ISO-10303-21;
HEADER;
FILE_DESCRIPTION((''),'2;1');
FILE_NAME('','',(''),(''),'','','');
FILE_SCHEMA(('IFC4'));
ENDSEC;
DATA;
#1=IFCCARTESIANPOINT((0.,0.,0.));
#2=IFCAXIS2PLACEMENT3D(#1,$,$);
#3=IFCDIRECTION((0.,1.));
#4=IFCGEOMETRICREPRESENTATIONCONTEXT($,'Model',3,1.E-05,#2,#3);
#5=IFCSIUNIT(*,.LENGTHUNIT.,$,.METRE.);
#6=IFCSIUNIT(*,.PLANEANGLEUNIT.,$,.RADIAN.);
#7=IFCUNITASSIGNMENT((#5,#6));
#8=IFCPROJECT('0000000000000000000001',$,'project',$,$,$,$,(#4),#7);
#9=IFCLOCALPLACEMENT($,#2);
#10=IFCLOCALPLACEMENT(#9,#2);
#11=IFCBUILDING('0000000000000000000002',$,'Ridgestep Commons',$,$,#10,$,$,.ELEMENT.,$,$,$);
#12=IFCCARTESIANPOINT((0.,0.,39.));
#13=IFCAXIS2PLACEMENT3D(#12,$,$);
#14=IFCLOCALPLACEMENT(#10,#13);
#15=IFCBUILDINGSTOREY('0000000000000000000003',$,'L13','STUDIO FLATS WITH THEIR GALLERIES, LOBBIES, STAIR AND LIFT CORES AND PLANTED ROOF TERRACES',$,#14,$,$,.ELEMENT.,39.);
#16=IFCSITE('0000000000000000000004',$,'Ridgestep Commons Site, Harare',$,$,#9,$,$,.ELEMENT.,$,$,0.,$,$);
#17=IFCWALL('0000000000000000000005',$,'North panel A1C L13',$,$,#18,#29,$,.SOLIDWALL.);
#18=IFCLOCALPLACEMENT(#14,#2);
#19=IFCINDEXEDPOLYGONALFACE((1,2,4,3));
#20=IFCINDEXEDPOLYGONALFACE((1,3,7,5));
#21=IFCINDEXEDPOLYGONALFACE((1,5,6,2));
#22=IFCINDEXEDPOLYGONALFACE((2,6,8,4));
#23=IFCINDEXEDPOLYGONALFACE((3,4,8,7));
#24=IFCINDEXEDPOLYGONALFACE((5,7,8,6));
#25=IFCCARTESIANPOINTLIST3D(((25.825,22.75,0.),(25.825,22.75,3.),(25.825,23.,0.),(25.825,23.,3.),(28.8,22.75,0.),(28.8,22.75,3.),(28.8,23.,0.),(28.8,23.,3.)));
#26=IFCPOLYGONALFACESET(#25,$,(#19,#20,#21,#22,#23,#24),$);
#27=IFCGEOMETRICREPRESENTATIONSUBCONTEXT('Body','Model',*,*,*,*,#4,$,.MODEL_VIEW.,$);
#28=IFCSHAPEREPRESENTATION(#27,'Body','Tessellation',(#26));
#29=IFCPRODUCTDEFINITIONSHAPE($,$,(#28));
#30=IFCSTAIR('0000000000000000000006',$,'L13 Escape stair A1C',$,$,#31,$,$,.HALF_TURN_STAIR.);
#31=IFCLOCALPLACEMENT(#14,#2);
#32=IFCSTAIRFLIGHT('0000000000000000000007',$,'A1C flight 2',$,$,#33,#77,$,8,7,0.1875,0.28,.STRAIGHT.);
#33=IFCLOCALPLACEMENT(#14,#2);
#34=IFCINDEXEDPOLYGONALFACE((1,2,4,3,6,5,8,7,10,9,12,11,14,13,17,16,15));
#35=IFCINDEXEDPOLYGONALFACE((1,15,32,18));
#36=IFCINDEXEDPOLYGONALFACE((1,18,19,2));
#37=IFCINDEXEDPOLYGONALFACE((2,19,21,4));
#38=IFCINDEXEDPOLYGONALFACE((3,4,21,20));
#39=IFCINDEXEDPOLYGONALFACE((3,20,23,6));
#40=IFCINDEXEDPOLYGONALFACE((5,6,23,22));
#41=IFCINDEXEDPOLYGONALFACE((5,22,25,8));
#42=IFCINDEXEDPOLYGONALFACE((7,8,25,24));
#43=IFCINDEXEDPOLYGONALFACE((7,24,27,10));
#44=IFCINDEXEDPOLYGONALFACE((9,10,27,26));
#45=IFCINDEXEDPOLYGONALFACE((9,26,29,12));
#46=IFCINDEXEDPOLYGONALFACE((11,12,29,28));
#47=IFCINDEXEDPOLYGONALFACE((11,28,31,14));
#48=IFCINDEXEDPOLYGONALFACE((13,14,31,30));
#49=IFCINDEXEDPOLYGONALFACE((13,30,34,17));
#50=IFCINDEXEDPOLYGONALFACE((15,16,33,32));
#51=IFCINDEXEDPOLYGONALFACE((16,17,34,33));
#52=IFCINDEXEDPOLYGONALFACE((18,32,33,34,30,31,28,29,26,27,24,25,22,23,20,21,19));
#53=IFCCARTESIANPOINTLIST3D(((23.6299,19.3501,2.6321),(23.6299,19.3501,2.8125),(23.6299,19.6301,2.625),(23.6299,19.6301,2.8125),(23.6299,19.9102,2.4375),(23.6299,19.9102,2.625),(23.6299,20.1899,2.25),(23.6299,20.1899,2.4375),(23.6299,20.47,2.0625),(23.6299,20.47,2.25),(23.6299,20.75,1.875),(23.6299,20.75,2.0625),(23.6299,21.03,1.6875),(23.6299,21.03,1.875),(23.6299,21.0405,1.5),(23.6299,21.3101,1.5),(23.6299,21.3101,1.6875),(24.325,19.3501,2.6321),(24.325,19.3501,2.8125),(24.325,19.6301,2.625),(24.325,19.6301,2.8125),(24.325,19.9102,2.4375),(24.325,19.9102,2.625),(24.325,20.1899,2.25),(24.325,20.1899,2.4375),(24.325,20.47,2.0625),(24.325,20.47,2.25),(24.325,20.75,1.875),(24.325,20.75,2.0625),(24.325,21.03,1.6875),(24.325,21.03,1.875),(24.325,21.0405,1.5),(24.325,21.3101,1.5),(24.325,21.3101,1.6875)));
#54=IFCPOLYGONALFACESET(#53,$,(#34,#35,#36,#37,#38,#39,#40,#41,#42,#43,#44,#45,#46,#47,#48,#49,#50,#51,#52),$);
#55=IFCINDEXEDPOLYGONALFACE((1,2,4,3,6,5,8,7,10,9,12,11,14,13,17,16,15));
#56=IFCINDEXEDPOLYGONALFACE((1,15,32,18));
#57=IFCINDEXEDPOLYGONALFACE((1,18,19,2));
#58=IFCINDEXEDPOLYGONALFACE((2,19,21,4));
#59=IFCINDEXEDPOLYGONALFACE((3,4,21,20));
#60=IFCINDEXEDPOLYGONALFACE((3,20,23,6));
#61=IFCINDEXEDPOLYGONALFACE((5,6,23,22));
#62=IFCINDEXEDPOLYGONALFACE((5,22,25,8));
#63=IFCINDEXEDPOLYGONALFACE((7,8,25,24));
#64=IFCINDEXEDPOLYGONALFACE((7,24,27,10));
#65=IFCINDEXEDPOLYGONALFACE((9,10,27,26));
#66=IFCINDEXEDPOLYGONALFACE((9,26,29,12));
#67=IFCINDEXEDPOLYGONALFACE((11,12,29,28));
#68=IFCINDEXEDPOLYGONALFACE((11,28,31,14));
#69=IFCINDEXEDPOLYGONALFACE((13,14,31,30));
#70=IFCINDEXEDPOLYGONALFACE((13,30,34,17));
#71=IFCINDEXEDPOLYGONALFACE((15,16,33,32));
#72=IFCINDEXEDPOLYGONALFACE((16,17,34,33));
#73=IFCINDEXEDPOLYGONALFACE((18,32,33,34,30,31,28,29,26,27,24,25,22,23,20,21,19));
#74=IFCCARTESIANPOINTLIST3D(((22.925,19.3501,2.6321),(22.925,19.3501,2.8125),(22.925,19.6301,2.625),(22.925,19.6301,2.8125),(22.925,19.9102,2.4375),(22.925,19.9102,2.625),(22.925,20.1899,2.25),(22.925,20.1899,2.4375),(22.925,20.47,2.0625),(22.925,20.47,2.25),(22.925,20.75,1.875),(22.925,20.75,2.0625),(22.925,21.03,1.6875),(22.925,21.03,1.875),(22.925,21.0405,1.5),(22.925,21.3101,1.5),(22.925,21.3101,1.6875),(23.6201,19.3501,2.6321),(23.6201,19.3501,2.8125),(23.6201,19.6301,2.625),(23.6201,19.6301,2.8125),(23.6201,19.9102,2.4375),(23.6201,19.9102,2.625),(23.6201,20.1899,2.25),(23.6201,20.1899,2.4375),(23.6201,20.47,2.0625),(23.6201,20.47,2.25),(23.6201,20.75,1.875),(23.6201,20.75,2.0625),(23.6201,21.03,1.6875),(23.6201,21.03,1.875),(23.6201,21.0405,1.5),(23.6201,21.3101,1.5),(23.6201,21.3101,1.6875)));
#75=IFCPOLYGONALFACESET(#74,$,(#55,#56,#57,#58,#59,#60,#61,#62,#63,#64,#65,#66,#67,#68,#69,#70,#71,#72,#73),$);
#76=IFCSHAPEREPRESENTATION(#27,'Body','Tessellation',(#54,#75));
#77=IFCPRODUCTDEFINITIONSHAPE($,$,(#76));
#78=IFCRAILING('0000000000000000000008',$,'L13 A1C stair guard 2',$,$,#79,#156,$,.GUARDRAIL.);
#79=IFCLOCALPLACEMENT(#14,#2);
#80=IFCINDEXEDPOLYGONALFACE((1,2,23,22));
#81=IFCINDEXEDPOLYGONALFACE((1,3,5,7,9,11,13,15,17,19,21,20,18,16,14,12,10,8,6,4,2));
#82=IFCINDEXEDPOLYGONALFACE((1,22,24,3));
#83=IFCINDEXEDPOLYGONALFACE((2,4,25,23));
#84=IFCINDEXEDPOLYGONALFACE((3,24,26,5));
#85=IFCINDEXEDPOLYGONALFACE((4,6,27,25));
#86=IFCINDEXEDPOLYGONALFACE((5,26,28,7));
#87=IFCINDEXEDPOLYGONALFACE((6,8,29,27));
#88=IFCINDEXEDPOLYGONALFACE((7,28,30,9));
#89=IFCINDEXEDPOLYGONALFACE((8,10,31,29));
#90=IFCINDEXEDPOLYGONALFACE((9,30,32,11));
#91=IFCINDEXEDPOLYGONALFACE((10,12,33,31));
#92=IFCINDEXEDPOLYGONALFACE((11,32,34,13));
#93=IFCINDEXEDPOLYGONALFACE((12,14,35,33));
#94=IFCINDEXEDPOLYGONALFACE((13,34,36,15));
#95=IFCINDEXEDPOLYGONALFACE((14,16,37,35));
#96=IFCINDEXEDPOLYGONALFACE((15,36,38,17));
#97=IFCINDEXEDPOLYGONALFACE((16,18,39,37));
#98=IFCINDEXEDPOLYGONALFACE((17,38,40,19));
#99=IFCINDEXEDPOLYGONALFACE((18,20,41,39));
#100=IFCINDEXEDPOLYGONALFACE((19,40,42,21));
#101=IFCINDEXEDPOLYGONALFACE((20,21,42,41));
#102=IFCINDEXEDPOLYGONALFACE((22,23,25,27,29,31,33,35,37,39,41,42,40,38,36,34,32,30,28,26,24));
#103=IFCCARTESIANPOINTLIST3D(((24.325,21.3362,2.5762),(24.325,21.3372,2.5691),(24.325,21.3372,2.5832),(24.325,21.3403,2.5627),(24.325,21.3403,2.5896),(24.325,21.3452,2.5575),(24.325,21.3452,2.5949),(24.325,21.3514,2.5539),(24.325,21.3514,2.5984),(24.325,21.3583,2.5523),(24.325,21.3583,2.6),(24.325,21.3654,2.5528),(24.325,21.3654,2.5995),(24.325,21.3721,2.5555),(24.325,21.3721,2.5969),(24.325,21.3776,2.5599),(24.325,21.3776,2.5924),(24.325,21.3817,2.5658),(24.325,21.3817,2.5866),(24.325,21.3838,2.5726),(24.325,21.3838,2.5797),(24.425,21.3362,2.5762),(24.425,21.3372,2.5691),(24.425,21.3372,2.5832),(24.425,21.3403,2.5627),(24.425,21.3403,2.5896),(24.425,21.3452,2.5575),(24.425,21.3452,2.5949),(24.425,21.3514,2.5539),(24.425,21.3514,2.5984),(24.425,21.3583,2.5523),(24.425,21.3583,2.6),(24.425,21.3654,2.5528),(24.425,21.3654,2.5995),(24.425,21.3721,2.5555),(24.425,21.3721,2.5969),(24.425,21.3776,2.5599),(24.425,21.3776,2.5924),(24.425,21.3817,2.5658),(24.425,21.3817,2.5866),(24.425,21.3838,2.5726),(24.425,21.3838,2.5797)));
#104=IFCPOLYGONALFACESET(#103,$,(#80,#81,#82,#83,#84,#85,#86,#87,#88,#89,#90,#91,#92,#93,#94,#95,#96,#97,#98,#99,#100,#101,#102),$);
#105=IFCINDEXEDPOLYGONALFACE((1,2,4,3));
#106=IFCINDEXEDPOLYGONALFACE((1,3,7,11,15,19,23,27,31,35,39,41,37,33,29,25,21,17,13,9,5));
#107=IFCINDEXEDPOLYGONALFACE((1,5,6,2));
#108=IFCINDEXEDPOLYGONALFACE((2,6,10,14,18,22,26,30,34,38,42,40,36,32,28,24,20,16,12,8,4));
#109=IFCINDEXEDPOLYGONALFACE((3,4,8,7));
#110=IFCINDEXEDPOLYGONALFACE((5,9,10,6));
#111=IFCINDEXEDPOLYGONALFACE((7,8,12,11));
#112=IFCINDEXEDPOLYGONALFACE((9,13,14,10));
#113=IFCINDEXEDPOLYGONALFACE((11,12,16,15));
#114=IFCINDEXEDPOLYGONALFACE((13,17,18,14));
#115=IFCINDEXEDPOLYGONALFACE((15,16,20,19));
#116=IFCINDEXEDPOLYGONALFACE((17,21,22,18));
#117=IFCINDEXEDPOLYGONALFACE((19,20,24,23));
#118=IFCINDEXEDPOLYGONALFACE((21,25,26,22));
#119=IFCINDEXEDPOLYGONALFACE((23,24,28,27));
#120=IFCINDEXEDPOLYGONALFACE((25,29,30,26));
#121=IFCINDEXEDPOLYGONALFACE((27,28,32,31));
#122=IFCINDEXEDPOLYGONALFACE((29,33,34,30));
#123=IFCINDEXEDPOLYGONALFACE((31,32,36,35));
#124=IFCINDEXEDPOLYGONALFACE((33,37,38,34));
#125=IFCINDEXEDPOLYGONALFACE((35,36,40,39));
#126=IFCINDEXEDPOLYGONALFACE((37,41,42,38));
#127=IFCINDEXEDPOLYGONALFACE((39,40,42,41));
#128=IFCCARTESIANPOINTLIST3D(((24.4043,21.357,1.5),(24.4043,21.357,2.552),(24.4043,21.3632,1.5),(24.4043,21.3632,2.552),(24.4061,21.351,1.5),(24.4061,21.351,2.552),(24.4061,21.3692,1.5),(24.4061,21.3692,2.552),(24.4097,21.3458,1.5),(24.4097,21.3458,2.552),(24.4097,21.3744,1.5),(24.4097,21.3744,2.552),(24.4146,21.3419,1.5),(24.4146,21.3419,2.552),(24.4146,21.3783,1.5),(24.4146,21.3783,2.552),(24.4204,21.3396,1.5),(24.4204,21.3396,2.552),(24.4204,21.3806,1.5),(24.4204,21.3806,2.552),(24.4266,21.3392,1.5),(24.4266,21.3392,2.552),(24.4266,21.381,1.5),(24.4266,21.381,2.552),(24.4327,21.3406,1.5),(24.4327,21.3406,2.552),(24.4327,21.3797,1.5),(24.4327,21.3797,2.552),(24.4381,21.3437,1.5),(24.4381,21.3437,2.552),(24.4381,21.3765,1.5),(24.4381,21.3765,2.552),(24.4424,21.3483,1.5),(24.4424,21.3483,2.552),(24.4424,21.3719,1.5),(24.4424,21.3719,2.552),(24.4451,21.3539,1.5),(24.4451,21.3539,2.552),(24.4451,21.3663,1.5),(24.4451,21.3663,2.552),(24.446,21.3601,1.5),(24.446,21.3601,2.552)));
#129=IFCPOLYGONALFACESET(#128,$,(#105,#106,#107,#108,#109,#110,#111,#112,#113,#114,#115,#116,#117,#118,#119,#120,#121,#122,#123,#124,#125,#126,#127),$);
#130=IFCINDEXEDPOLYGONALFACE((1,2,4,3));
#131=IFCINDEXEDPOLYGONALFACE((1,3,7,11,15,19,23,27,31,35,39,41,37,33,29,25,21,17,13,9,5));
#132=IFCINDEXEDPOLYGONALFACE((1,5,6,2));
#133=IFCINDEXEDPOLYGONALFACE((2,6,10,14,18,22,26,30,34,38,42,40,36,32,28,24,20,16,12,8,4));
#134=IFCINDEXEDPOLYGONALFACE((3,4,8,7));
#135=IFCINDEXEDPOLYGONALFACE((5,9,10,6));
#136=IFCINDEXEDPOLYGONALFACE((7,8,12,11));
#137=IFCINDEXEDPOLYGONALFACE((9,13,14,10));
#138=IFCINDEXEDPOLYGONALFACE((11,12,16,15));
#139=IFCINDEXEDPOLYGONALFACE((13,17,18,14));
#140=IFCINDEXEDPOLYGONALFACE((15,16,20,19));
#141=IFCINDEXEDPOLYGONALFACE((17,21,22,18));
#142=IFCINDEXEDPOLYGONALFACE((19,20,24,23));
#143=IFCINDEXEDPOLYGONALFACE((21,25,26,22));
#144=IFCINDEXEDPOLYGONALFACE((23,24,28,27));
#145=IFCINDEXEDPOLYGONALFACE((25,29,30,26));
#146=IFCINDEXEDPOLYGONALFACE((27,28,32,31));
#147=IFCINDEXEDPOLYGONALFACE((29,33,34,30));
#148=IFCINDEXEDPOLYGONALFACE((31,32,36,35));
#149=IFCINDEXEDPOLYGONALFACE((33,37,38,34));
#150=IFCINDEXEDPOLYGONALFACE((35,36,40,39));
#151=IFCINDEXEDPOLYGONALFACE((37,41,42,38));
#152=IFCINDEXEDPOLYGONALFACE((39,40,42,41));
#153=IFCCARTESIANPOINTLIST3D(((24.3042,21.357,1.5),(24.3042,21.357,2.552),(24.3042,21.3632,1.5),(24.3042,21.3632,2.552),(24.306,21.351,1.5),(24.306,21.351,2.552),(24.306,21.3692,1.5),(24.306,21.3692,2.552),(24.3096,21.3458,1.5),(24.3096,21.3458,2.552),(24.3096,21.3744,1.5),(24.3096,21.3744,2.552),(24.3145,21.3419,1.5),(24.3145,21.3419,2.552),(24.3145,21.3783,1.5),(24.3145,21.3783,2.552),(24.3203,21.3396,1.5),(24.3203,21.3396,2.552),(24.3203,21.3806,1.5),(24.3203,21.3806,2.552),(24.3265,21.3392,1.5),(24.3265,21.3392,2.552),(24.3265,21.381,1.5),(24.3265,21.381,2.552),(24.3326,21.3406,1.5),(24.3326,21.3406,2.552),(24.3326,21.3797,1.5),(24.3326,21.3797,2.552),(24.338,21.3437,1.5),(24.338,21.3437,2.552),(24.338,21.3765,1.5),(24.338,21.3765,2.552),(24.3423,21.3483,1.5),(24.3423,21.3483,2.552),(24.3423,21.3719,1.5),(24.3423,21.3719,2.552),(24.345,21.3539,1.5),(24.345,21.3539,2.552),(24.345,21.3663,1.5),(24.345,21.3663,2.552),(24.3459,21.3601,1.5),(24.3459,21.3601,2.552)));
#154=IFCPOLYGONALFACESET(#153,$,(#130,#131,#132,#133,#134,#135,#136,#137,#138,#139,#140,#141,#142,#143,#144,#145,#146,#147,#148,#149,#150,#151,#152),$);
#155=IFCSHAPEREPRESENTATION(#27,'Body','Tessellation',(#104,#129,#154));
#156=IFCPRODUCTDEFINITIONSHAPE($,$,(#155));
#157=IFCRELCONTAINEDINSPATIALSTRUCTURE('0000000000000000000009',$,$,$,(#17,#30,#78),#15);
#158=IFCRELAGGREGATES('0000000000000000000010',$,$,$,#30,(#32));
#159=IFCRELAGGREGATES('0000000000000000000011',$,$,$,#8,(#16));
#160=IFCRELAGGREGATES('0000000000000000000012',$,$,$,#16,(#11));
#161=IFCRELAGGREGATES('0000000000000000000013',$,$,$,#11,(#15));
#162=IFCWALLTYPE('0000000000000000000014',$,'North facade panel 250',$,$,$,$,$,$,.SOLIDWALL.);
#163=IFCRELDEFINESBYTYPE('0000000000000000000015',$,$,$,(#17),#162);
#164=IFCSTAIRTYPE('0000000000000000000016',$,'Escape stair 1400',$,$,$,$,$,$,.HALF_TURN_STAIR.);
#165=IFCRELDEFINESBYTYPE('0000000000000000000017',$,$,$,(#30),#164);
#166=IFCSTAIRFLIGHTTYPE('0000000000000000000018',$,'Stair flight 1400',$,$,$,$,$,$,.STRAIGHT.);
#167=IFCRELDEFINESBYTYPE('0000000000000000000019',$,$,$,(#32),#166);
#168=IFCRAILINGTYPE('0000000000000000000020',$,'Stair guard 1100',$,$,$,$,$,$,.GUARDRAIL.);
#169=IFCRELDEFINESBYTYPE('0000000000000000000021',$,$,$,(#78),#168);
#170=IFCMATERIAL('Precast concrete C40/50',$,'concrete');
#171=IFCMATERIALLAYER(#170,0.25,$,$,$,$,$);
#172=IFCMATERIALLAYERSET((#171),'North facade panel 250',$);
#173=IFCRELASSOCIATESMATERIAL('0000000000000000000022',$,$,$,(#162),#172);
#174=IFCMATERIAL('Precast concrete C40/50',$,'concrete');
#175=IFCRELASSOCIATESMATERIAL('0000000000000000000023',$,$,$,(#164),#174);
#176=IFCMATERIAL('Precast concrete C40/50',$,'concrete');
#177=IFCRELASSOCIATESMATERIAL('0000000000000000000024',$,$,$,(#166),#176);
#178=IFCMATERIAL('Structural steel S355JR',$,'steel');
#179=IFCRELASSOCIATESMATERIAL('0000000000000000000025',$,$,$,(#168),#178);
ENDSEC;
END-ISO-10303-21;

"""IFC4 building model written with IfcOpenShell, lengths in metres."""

from ifc_helpers import new_model, si_unit, direction, frame, frame_2d, origin, origin_2d, place, context, subcontext, project, spatial, polyline, rectangle, circle, outline, extrude, material, layer, layer_set, type_object, element, aggregate, save


model = new_model("IFC4")

# Units and contexts
model_context = context("Model", 3, precision=1e-05, world=origin(), true_north=direction((0.0, 1.0)))
body_context = subcontext(model_context, "Body", "Model", "MODEL_VIEW")
ifc_project = project(units=[si_unit("LENGTHUNIT", "METRE"), si_unit("PLANEANGLEUNIT", "RADIAN")], contexts=[model_context])

# Site, building, storey
site_placement = place(None, origin())
site = spatial("IfcSite", under=ifc_project, at=site_placement, Name="Ridgestep Commons Site, Harare", CompositionType="ELEMENT", RefElevation=0.0)
building_placement = place(site_placement, origin())
building = spatial("IfcBuilding", under=site, at=building_placement, Name="Ridgestep Commons", CompositionType="ELEMENT")
storey_placement = place(building_placement, frame((0.0, 0.0, 39.0)))
storey = spatial("IfcBuildingStorey", under=building, at=storey_placement, Name="L13", Description="STUDIO FLATS WITH THEIR GALLERIES, LOBBIES, STAIR AND LIFT CORES AND PLANTED ROOF TERRACES", CompositionType="ELEMENT", Elevation=39.0)

# Wall
ifc_material_1 = material(Name="Precast concrete C40/50", Category="concrete")
ifc_layer_1 = layer(ifc_material_1, 0.25)
ifc_layer_set_1 = layer_set([ifc_layer_1], Name="North facade panel 250")
wall_type_1 = type_object("IfcWallType", Name="North facade panel 250", PredefinedType="SOLIDWALL", material=ifc_layer_set_1)
wall_1_placement = place(storey_placement, frame((25.825, 22.875, 0.0), z_axis=(0.0, 0.0, 1.0), x_axis=(1.0, 0.0, 0.0)))
element("IfcWall", 1, at=wall_1_placement, inside=storey, type_object=wall_type_1, Name="North panel A1C L13", PredefinedType="SOLIDWALL", context=body_context, shape_type="SweptSolid", body=[
    extrude(rectangle(XDim=2.9751, YDim=0.25, at=frame_2d((1.4875, 0.0))), origin(), (0.0, 0.0, 1.0), 3.0),
])

# Stair, stair flight
ifc_material_2 = material(Name="Precast concrete C40/50", Category="concrete")
stair_type = type_object("IfcStairType", Name="Escape stair 1400", PredefinedType="HALF_TURN_STAIR", material=ifc_material_2)
stair_placement = place(storey_placement, origin())
stair = element("IfcStair", 2, at=stair_placement, inside=storey, type_object=stair_type, Name="L13 Escape stair A1C", PredefinedType="HALF_TURN_STAIR")
ifc_material_3 = material(Name="Precast concrete C40/50", Category="concrete")
stair_flight_type = type_object("IfcStairFlightType", Name="Stair flight 1400", PredefinedType="STRAIGHT", material=ifc_material_3)
stair_flight_placement = place(storey_placement, frame((23.625, 21.3101, 1.5), z_axis=(0.0, 0.0, 1.0), x_axis=(0.0, -1.0, 0.0)))
stair_flight = element("IfcStairFlight", 3, at=stair_flight_placement, type_object=stair_flight_type, Name="A1C flight 2", NumberOfRisers=8, NumberOfTreads=7, PredefinedType="STRAIGHT", RiserHeight=0.1875, TreadLength=0.28, context=body_context, shape_type="SweptSolid", body=[
    extrude(outline(polyline([(0.0, 0.0), (0.0, 0.1875), (0.28, 0.1875), (0.28, 0.375), (0.5601, 0.375), (0.5601, 0.5625), (0.8401, 0.5625), (0.8401, 0.75), (1.1201, 0.75), (1.1201, 0.9375), (1.3999, 0.9375), (1.3999, 1.125), (1.6799, 1.125), (1.6799, 1.3125), (1.96, 1.3125), (1.96, 1.5), (1.96, 1.1321), (0.2695, 0.0), (0.0, 0.0)])), frame((0.0, 0.7, 0.0), z_axis=(0.0, -1.0, 0.0), x_axis=(1.0, 0.0, 0.0)), (0.0, 0.0, 1.0), 0.6951),
    extrude(outline(polyline([(0.0, 0.0), (0.0, 0.1875), (0.28, 0.1875), (0.28, 0.375), (0.5601, 0.375), (0.5601, 0.5625), (0.8401, 0.5625), (0.8401, 0.75), (1.1201, 0.75), (1.1201, 0.9375), (1.3999, 0.9375), (1.3999, 1.125), (1.6799, 1.125), (1.6799, 1.3125), (1.96, 1.3125), (1.96, 1.5), (1.96, 1.1321), (0.2695, 0.0), (0.0, 0.0)])), frame((0.0, -0.0049, 0.0), z_axis=(0.0, -1.0, 0.0), x_axis=(1.0, 0.0, 0.0)), (0.0, 0.0, 1.0), 0.6951),
])
aggregate(stair, [stair_flight])

# Railing
ifc_material_4 = material(Name="Structural steel S355JR", Category="steel")
railing_type_1 = type_object("IfcRailingType", Name="Stair guard 1100", PredefinedType="GUARDRAIL", material=ifc_material_4)
railing_1_placement = place(storey_placement, frame((24.425, 21.3601, 1.5)))
element("IfcRailing", 4, at=railing_1_placement, inside=storey, type_object=railing_type_1, Name="L13 A1C stair guard 2", PredefinedType="GUARDRAIL", context=body_context, shape_type="SweptSolid", body=[
    extrude(circle(Radius=0.0239, at=origin_2d()), frame((0.0, 0.0, 1.0762), z_axis=(-1.0, 0.0, 0.0), x_axis=(0.0, -1.0, 0.0)), (0.0, 0.0, 1.0), 0.1001),
    extrude(circle(Radius=0.021, at=origin_2d()), origin(), (0.0, 0.0, 1.0), 1.052),
    extrude(circle(Radius=0.021, at=origin_2d()), frame((-0.1001, 0.0, 0.0)), (0.0, 0.0, 1.0), 1.052),
])

save(model, "model.ifc")
